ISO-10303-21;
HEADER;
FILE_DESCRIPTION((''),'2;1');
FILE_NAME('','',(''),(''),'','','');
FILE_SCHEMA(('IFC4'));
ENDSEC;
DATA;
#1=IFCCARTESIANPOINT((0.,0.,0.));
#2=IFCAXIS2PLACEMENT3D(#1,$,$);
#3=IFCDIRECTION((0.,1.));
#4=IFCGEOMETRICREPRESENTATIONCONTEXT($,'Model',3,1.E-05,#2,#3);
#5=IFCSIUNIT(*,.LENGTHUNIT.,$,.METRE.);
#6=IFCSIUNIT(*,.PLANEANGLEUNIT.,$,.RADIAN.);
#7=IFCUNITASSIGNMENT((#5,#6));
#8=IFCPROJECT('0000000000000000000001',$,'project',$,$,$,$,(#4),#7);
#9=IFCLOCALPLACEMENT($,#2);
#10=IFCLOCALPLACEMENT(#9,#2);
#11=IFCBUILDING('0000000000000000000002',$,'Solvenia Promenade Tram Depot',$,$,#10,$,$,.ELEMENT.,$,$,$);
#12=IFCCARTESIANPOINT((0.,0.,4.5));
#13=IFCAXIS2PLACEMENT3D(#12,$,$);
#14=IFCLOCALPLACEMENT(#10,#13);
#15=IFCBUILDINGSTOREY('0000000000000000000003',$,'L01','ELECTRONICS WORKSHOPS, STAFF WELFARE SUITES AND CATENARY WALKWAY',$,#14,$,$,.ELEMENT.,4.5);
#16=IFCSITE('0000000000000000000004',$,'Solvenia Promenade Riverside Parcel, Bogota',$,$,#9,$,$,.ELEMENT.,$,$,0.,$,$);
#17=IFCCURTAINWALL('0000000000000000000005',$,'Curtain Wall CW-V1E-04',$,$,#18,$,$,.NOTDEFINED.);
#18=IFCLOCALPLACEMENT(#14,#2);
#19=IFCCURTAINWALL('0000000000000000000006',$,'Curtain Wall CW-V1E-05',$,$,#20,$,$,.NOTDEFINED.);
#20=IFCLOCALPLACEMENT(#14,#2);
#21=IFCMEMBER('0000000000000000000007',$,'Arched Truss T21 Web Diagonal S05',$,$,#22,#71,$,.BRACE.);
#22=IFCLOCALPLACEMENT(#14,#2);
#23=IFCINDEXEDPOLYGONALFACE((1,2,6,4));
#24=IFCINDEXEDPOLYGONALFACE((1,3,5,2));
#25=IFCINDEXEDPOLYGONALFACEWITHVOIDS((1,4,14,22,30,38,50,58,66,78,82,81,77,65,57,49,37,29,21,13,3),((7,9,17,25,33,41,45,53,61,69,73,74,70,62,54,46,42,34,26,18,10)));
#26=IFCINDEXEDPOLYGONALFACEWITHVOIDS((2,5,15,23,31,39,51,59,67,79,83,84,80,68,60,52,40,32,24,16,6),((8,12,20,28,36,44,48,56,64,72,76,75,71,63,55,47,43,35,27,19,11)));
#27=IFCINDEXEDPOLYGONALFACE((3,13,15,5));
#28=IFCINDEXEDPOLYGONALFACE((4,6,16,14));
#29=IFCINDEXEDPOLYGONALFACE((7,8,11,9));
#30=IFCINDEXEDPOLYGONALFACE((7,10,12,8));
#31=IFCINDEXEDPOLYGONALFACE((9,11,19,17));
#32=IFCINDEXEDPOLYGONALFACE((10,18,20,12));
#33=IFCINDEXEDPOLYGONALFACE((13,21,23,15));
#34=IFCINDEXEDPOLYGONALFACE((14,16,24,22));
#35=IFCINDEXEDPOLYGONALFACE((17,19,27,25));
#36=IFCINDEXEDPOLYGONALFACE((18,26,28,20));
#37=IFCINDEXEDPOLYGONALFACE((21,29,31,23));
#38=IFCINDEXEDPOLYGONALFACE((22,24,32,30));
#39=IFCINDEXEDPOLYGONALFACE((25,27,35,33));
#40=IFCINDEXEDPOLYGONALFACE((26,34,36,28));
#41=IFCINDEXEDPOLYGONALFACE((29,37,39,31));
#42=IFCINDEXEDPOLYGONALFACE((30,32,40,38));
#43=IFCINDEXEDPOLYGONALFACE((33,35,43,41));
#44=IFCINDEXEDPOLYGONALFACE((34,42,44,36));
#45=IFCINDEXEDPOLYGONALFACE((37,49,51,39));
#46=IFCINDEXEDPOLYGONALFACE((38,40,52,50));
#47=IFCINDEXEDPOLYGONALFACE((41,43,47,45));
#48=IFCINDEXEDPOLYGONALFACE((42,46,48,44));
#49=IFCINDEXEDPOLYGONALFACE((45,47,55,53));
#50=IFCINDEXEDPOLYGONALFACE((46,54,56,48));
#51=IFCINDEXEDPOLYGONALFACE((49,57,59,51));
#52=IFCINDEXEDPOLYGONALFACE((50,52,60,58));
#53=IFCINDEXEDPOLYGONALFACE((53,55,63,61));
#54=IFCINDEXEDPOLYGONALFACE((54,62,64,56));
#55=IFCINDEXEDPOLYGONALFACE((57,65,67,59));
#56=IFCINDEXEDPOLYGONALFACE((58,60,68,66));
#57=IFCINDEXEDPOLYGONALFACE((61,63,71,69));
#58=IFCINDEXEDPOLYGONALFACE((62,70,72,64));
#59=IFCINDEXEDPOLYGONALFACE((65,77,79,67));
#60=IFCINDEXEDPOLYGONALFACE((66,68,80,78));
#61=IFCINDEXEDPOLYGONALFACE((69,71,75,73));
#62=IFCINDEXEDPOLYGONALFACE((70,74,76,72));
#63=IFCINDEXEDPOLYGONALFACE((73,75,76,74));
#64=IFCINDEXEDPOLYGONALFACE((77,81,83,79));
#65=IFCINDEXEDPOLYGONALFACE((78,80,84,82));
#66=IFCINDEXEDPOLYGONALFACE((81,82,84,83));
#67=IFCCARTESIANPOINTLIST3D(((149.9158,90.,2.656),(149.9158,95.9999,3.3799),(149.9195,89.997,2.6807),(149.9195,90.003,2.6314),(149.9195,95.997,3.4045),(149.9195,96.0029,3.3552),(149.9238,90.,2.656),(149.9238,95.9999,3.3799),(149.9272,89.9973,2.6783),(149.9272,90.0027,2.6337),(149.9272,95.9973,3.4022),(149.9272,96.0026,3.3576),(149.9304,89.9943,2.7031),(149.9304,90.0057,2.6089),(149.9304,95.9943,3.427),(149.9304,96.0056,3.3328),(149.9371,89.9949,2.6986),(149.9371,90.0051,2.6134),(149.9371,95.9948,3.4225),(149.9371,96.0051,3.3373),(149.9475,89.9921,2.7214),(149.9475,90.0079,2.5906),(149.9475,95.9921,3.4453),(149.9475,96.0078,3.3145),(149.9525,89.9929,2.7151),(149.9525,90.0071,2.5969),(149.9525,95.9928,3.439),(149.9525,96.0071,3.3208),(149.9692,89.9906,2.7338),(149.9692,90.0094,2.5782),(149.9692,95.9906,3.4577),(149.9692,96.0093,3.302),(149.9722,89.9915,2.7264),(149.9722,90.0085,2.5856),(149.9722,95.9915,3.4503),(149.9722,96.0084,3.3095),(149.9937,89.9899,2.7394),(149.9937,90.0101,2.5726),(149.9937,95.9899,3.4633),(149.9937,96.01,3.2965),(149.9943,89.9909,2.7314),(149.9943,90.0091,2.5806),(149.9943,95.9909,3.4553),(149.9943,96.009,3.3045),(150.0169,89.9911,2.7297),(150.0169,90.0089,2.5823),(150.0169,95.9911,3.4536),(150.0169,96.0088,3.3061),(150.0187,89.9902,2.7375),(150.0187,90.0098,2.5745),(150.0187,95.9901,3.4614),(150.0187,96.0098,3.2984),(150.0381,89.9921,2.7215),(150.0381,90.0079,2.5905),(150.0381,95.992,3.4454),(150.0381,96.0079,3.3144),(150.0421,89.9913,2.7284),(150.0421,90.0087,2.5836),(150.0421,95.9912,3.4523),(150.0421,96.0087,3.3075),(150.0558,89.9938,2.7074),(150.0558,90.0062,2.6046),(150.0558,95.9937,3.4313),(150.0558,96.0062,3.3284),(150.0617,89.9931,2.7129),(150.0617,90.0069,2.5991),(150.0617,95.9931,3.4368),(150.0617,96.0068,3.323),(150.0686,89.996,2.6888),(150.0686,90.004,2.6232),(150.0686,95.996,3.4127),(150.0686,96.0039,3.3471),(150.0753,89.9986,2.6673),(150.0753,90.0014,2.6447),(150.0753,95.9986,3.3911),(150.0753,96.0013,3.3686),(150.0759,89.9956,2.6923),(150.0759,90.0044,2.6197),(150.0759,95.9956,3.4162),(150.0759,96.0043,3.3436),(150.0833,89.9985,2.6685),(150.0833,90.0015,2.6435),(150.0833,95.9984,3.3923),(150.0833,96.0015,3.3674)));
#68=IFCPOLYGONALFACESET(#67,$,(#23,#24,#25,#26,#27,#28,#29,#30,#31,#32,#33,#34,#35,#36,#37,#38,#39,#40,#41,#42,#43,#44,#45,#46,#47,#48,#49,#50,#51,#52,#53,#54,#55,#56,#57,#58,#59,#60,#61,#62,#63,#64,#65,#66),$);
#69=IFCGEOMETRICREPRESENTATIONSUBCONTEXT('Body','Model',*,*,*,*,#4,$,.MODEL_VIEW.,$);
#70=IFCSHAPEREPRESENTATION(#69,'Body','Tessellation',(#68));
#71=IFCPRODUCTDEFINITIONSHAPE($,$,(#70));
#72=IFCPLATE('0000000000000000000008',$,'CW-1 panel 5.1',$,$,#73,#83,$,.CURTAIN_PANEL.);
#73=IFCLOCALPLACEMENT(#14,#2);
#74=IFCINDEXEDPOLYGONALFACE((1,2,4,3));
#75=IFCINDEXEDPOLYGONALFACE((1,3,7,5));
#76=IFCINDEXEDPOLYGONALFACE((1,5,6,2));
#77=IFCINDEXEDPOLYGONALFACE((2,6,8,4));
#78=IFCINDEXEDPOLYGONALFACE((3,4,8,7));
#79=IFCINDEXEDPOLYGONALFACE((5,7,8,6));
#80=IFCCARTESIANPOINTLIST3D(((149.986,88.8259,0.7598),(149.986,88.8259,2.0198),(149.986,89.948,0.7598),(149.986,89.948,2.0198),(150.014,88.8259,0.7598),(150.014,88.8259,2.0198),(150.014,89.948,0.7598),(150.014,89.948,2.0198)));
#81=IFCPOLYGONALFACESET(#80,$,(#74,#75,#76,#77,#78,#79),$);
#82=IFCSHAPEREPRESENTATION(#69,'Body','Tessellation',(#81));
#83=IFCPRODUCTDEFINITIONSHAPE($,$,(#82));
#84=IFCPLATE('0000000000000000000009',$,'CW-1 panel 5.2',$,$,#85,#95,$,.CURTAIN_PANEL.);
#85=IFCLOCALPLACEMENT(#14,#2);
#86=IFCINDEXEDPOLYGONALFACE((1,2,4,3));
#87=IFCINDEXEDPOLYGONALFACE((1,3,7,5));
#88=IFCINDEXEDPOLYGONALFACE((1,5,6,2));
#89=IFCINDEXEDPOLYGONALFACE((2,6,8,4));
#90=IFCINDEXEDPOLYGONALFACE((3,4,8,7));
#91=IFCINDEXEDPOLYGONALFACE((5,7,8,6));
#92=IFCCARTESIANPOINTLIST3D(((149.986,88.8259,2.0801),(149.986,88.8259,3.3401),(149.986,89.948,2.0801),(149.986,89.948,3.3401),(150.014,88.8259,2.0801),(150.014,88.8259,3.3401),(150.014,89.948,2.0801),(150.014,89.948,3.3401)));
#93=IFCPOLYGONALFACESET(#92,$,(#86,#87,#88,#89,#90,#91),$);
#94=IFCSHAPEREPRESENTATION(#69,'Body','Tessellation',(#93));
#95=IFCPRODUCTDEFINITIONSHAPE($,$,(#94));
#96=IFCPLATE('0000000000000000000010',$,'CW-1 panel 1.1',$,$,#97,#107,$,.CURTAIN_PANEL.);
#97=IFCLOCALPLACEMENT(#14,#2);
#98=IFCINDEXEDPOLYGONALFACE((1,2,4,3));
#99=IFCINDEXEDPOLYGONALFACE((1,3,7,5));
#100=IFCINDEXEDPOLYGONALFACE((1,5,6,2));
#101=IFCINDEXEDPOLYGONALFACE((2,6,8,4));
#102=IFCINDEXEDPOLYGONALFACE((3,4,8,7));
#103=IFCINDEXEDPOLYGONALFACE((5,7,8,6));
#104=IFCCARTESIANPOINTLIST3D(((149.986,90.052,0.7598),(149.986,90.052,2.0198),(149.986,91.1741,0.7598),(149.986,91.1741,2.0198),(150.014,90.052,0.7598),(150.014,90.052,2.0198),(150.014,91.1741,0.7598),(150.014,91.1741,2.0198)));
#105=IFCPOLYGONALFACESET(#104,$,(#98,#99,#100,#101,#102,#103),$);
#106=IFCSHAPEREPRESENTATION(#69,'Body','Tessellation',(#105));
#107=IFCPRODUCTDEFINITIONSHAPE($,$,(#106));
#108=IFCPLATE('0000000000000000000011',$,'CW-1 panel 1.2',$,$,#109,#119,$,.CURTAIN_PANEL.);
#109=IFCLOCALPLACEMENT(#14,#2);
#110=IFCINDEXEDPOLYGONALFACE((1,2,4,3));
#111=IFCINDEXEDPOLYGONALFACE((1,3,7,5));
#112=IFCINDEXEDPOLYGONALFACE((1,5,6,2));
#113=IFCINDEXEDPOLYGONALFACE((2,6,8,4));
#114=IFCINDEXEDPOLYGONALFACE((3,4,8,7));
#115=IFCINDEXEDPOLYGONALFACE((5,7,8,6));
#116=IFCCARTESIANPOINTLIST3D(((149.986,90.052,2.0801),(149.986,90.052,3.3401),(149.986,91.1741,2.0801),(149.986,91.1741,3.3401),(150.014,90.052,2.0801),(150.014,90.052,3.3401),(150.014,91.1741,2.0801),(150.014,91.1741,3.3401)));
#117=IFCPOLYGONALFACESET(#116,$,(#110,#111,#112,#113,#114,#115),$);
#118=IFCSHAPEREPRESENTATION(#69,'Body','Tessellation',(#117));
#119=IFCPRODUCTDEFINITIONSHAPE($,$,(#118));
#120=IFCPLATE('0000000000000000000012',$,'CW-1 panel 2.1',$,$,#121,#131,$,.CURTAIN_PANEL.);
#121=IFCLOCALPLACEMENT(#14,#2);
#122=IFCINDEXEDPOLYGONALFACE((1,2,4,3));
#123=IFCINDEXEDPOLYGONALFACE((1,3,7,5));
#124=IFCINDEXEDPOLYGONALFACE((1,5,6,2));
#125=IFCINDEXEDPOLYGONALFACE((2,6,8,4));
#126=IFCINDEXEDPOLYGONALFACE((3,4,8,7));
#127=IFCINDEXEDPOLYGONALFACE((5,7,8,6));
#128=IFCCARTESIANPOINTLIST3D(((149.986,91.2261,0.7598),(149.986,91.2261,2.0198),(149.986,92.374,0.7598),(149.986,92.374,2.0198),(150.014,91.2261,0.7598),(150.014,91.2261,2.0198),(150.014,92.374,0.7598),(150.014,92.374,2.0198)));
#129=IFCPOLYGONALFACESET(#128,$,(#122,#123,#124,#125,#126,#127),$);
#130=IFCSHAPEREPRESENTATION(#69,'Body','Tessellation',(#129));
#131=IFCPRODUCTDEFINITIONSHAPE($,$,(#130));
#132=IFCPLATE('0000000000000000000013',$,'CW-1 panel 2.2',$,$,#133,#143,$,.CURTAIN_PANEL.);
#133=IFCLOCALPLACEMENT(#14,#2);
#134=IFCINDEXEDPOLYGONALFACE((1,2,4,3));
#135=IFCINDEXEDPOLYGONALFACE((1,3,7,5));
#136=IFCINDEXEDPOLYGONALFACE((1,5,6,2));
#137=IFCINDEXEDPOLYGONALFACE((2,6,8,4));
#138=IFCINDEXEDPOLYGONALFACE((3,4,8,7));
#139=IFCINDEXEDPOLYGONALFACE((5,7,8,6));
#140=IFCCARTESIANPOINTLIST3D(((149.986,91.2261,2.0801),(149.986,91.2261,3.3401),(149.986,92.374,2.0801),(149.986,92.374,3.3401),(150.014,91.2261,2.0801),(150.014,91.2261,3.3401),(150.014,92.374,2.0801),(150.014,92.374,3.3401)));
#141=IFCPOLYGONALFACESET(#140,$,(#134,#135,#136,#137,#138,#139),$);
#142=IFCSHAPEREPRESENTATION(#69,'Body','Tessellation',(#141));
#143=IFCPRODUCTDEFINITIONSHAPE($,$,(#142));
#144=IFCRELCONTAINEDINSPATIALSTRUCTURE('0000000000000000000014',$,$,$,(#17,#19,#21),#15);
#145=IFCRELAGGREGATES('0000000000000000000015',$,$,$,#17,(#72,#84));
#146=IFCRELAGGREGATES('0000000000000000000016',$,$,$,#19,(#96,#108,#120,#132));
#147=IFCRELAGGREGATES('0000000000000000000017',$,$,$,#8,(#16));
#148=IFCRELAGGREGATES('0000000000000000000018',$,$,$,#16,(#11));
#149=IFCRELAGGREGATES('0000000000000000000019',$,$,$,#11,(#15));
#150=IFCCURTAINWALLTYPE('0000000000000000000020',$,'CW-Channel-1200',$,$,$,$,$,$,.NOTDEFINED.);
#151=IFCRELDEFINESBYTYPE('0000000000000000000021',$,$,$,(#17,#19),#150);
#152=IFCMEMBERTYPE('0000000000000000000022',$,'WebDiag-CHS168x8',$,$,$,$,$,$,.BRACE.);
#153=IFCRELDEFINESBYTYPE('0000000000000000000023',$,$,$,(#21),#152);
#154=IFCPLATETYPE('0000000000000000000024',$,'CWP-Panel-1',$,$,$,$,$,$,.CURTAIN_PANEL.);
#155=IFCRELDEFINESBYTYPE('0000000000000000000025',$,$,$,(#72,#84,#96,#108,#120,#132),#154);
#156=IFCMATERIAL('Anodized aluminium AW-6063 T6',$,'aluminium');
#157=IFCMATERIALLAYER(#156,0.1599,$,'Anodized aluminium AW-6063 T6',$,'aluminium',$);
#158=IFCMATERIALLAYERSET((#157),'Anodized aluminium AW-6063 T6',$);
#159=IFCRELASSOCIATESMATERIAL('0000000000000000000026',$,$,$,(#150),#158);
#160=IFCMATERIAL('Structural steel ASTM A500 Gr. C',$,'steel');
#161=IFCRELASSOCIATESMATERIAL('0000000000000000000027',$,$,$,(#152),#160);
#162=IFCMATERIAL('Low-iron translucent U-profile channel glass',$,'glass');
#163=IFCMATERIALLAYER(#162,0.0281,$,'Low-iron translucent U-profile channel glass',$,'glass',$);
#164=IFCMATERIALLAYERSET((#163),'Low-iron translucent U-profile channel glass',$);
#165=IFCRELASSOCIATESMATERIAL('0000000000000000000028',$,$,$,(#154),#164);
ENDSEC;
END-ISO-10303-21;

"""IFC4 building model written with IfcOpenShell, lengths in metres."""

from ifc_helpers import new_model, si_unit, direction, frame, origin, origin_2d, place, context, subcontext, project, spatial, rectangle, hollow_circle, extrude, material, layer, layer_set, material_profile, profile_set, type_object, element, aggregate, save


model = new_model("IFC4")

# Units and contexts
model_context = context("Model", 3, precision=1e-05, world=origin(), true_north=direction((0.0, 1.0)))
body_context = subcontext(model_context, "Body", "Model", "MODEL_VIEW")
ifc_project = project(units=[si_unit("LENGTHUNIT", "METRE"), si_unit("PLANEANGLEUNIT", "RADIAN")], contexts=[model_context])

# Site, building, storey
site_placement = place(None, origin())
site = spatial("IfcSite", under=ifc_project, at=site_placement, Name="Solvenia Promenade Riverside Parcel, Bogota", CompositionType="ELEMENT", RefElevation=0.0)
building_placement = place(site_placement, origin())
building = spatial("IfcBuilding", under=site, at=building_placement, Name="Solvenia Promenade Tram Depot", CompositionType="ELEMENT")
storey_placement = place(building_placement, frame((0.0, 0.0, 4.5)))
storey = spatial("IfcBuildingStorey", under=building, at=storey_placement, Name="L01", Description="ELECTRONICS WORKSHOPS, STAFF WELFARE SUITES AND CATENARY WALKWAY", CompositionType="ELEMENT", Elevation=4.5)

# Curtain walls
ifc_material_1 = material(Name="Anodized aluminium AW-6063 T6", Category="aluminium")
ifc_layer_1 = layer(ifc_material_1, 0.1599, Name="Anodized aluminium AW-6063 T6", Category="aluminium")
ifc_layer_set_1 = layer_set([ifc_layer_1], Name="Anodized aluminium AW-6063 T6")
curtain_wall_type = type_object("IfcCurtainWallType", Name="CW-Channel-1200", PredefinedType="NOTDEFINED", material=ifc_layer_set_1)
curtain_wall_1_placement = place(storey_placement, origin())
curtain_wall_1 = element("IfcCurtainWall", 1, at=curtain_wall_1_placement, inside=storey, type_object=curtain_wall_type, Name="Curtain Wall CW-V1E-04", PredefinedType="NOTDEFINED")
curtain_wall_2_placement = place(storey_placement, origin())
curtain_wall_2 = element("IfcCurtainWall", 2, at=curtain_wall_2_placement, inside=storey, type_object=curtain_wall_type, Name="Curtain Wall CW-V1E-05", PredefinedType="NOTDEFINED")

# Member
ifc_material_2 = material(Name="Structural steel ASTM A500 Gr. C", Category="steel")
ifc_material_profile_1 = material_profile(ifc_material_2, hollow_circle(Radius=0.0842, WallThickness=0.0081, at=origin_2d()), Name="CHS168.3x8", Category="steel")
ifc_profile_set_1 = profile_set([ifc_material_profile_1], Name="Structural steel ASTM A500 Gr. C")
member_type_1 = type_object("IfcMemberType", Name="WebDiag-CHS168x8", PredefinedType="BRACE", material=ifc_profile_set_1)
member_1_placement = place(storey_placement, frame((150.0, 90.0, 2.656), z_axis=(0.0, 0.992801, 0.119778), x_axis=(-1.0, 0.0, 0.0)))
element("IfcMember", 3, at=member_1_placement, inside=storey, type_object=member_type_1, Name="Arched Truss T21 Web Diagonal S05", PredefinedType="BRACE", context=body_context, shape_type="SweptSolid", body=[
    extrude(hollow_circle(Radius=0.0842, WallThickness=0.0081, at=origin_2d()), origin(), (0.0, 0.0, 1.0), 6.0435),
])

# Plates
ifc_material_3 = material(Name="Low-iron translucent U-profile channel glass", Category="glass")
ifc_layer_2 = layer(ifc_material_3, 0.0281, Name="Low-iron translucent U-profile channel glass", Category="glass")
ifc_layer_set_2 = layer_set([ifc_layer_2], Name="Low-iron translucent U-profile channel glass")
plate_type = type_object("IfcPlateType", Name="CWP-Panel-1", PredefinedType="CURTAIN_PANEL", material=ifc_layer_set_2)
plate_1_placement = place(storey_placement, frame((150.0, 89.387, 0.7598), z_axis=(0.0, 0.0, 1.0), x_axis=(0.0, 1.0, 0.0)))
plate_1 = element("IfcPlate", 4, at=plate_1_placement, type_object=plate_type, Name="CW-1 panel 5.1", PredefinedType="CURTAIN_PANEL", context=body_context, shape_type="SweptSolid", body=[
    extrude(rectangle(XDim=1.1221, YDim=0.0281, at=origin_2d()), origin(), (0.0, 0.0, 1.0), 1.26),
])
plate_2_placement = place(storey_placement, frame((150.0, 89.387, 2.0801), z_axis=(0.0, 0.0, 1.0), x_axis=(0.0, 1.0, 0.0)))
plate_2 = element("IfcPlate", 5, at=plate_2_placement, type_object=plate_type, Name="CW-1 panel 5.2", PredefinedType="CURTAIN_PANEL", context=body_context, shape_type="SweptSolid", body=[
    extrude(rectangle(XDim=1.1221, YDim=0.0281, at=origin_2d()), origin(), (0.0, 0.0, 1.0), 1.26),
])
aggregate(curtain_wall_1, [plate_1, plate_2])
plate_3_placement = place(storey_placement, frame((150.0, 90.613, 0.7598), z_axis=(0.0, 0.0, 1.0), x_axis=(0.0, 1.0, 0.0)))
plate_3 = element("IfcPlate", 6, at=plate_3_placement, type_object=plate_type, Name="CW-1 panel 1.1", PredefinedType="CURTAIN_PANEL", context=body_context, shape_type="SweptSolid", body=[
    extrude(rectangle(XDim=1.1221, YDim=0.0281, at=origin_2d()), origin(), (0.0, 0.0, 1.0), 1.26),
])
plate_4_placement = place(storey_placement, frame((150.0, 90.613, 2.0801), z_axis=(0.0, 0.0, 1.0), x_axis=(0.0, 1.0, 0.0)))
plate_4 = element("IfcPlate", 7, at=plate_4_placement, type_object=plate_type, Name="CW-1 panel 1.2", PredefinedType="CURTAIN_PANEL", context=body_context, shape_type="SweptSolid", body=[
    extrude(rectangle(XDim=1.1221, YDim=0.0281, at=origin_2d()), origin(), (0.0, 0.0, 1.0), 1.26),
])
plate_5_placement = place(storey_placement, frame((150.0, 91.8, 0.7598), z_axis=(0.0, 0.0, 1.0), x_axis=(0.0, 1.0, 0.0)))
plate_5 = element("IfcPlate", 8, at=plate_5_placement, type_object=plate_type, Name="CW-1 panel 2.1", PredefinedType="CURTAIN_PANEL", context=body_context, shape_type="SweptSolid", body=[
    extrude(rectangle(XDim=1.1479, YDim=0.0281, at=origin_2d()), origin(), (0.0, 0.0, 1.0), 1.26),
])
plate_6_placement = place(storey_placement, frame((150.0, 91.8, 2.0801), z_axis=(0.0, 0.0, 1.0), x_axis=(0.0, 1.0, 0.0)))
plate_6 = element("IfcPlate", 9, at=plate_6_placement, type_object=plate_type, Name="CW-1 panel 2.2", PredefinedType="CURTAIN_PANEL", context=body_context, shape_type="SweptSolid", body=[
    extrude(rectangle(XDim=1.1479, YDim=0.0281, at=origin_2d()), origin(), (0.0, 0.0, 1.0), 1.26),
])
aggregate(curtain_wall_2, [plate_3, plate_4, plate_5, plate_6])

save(model, "model.ifc")
